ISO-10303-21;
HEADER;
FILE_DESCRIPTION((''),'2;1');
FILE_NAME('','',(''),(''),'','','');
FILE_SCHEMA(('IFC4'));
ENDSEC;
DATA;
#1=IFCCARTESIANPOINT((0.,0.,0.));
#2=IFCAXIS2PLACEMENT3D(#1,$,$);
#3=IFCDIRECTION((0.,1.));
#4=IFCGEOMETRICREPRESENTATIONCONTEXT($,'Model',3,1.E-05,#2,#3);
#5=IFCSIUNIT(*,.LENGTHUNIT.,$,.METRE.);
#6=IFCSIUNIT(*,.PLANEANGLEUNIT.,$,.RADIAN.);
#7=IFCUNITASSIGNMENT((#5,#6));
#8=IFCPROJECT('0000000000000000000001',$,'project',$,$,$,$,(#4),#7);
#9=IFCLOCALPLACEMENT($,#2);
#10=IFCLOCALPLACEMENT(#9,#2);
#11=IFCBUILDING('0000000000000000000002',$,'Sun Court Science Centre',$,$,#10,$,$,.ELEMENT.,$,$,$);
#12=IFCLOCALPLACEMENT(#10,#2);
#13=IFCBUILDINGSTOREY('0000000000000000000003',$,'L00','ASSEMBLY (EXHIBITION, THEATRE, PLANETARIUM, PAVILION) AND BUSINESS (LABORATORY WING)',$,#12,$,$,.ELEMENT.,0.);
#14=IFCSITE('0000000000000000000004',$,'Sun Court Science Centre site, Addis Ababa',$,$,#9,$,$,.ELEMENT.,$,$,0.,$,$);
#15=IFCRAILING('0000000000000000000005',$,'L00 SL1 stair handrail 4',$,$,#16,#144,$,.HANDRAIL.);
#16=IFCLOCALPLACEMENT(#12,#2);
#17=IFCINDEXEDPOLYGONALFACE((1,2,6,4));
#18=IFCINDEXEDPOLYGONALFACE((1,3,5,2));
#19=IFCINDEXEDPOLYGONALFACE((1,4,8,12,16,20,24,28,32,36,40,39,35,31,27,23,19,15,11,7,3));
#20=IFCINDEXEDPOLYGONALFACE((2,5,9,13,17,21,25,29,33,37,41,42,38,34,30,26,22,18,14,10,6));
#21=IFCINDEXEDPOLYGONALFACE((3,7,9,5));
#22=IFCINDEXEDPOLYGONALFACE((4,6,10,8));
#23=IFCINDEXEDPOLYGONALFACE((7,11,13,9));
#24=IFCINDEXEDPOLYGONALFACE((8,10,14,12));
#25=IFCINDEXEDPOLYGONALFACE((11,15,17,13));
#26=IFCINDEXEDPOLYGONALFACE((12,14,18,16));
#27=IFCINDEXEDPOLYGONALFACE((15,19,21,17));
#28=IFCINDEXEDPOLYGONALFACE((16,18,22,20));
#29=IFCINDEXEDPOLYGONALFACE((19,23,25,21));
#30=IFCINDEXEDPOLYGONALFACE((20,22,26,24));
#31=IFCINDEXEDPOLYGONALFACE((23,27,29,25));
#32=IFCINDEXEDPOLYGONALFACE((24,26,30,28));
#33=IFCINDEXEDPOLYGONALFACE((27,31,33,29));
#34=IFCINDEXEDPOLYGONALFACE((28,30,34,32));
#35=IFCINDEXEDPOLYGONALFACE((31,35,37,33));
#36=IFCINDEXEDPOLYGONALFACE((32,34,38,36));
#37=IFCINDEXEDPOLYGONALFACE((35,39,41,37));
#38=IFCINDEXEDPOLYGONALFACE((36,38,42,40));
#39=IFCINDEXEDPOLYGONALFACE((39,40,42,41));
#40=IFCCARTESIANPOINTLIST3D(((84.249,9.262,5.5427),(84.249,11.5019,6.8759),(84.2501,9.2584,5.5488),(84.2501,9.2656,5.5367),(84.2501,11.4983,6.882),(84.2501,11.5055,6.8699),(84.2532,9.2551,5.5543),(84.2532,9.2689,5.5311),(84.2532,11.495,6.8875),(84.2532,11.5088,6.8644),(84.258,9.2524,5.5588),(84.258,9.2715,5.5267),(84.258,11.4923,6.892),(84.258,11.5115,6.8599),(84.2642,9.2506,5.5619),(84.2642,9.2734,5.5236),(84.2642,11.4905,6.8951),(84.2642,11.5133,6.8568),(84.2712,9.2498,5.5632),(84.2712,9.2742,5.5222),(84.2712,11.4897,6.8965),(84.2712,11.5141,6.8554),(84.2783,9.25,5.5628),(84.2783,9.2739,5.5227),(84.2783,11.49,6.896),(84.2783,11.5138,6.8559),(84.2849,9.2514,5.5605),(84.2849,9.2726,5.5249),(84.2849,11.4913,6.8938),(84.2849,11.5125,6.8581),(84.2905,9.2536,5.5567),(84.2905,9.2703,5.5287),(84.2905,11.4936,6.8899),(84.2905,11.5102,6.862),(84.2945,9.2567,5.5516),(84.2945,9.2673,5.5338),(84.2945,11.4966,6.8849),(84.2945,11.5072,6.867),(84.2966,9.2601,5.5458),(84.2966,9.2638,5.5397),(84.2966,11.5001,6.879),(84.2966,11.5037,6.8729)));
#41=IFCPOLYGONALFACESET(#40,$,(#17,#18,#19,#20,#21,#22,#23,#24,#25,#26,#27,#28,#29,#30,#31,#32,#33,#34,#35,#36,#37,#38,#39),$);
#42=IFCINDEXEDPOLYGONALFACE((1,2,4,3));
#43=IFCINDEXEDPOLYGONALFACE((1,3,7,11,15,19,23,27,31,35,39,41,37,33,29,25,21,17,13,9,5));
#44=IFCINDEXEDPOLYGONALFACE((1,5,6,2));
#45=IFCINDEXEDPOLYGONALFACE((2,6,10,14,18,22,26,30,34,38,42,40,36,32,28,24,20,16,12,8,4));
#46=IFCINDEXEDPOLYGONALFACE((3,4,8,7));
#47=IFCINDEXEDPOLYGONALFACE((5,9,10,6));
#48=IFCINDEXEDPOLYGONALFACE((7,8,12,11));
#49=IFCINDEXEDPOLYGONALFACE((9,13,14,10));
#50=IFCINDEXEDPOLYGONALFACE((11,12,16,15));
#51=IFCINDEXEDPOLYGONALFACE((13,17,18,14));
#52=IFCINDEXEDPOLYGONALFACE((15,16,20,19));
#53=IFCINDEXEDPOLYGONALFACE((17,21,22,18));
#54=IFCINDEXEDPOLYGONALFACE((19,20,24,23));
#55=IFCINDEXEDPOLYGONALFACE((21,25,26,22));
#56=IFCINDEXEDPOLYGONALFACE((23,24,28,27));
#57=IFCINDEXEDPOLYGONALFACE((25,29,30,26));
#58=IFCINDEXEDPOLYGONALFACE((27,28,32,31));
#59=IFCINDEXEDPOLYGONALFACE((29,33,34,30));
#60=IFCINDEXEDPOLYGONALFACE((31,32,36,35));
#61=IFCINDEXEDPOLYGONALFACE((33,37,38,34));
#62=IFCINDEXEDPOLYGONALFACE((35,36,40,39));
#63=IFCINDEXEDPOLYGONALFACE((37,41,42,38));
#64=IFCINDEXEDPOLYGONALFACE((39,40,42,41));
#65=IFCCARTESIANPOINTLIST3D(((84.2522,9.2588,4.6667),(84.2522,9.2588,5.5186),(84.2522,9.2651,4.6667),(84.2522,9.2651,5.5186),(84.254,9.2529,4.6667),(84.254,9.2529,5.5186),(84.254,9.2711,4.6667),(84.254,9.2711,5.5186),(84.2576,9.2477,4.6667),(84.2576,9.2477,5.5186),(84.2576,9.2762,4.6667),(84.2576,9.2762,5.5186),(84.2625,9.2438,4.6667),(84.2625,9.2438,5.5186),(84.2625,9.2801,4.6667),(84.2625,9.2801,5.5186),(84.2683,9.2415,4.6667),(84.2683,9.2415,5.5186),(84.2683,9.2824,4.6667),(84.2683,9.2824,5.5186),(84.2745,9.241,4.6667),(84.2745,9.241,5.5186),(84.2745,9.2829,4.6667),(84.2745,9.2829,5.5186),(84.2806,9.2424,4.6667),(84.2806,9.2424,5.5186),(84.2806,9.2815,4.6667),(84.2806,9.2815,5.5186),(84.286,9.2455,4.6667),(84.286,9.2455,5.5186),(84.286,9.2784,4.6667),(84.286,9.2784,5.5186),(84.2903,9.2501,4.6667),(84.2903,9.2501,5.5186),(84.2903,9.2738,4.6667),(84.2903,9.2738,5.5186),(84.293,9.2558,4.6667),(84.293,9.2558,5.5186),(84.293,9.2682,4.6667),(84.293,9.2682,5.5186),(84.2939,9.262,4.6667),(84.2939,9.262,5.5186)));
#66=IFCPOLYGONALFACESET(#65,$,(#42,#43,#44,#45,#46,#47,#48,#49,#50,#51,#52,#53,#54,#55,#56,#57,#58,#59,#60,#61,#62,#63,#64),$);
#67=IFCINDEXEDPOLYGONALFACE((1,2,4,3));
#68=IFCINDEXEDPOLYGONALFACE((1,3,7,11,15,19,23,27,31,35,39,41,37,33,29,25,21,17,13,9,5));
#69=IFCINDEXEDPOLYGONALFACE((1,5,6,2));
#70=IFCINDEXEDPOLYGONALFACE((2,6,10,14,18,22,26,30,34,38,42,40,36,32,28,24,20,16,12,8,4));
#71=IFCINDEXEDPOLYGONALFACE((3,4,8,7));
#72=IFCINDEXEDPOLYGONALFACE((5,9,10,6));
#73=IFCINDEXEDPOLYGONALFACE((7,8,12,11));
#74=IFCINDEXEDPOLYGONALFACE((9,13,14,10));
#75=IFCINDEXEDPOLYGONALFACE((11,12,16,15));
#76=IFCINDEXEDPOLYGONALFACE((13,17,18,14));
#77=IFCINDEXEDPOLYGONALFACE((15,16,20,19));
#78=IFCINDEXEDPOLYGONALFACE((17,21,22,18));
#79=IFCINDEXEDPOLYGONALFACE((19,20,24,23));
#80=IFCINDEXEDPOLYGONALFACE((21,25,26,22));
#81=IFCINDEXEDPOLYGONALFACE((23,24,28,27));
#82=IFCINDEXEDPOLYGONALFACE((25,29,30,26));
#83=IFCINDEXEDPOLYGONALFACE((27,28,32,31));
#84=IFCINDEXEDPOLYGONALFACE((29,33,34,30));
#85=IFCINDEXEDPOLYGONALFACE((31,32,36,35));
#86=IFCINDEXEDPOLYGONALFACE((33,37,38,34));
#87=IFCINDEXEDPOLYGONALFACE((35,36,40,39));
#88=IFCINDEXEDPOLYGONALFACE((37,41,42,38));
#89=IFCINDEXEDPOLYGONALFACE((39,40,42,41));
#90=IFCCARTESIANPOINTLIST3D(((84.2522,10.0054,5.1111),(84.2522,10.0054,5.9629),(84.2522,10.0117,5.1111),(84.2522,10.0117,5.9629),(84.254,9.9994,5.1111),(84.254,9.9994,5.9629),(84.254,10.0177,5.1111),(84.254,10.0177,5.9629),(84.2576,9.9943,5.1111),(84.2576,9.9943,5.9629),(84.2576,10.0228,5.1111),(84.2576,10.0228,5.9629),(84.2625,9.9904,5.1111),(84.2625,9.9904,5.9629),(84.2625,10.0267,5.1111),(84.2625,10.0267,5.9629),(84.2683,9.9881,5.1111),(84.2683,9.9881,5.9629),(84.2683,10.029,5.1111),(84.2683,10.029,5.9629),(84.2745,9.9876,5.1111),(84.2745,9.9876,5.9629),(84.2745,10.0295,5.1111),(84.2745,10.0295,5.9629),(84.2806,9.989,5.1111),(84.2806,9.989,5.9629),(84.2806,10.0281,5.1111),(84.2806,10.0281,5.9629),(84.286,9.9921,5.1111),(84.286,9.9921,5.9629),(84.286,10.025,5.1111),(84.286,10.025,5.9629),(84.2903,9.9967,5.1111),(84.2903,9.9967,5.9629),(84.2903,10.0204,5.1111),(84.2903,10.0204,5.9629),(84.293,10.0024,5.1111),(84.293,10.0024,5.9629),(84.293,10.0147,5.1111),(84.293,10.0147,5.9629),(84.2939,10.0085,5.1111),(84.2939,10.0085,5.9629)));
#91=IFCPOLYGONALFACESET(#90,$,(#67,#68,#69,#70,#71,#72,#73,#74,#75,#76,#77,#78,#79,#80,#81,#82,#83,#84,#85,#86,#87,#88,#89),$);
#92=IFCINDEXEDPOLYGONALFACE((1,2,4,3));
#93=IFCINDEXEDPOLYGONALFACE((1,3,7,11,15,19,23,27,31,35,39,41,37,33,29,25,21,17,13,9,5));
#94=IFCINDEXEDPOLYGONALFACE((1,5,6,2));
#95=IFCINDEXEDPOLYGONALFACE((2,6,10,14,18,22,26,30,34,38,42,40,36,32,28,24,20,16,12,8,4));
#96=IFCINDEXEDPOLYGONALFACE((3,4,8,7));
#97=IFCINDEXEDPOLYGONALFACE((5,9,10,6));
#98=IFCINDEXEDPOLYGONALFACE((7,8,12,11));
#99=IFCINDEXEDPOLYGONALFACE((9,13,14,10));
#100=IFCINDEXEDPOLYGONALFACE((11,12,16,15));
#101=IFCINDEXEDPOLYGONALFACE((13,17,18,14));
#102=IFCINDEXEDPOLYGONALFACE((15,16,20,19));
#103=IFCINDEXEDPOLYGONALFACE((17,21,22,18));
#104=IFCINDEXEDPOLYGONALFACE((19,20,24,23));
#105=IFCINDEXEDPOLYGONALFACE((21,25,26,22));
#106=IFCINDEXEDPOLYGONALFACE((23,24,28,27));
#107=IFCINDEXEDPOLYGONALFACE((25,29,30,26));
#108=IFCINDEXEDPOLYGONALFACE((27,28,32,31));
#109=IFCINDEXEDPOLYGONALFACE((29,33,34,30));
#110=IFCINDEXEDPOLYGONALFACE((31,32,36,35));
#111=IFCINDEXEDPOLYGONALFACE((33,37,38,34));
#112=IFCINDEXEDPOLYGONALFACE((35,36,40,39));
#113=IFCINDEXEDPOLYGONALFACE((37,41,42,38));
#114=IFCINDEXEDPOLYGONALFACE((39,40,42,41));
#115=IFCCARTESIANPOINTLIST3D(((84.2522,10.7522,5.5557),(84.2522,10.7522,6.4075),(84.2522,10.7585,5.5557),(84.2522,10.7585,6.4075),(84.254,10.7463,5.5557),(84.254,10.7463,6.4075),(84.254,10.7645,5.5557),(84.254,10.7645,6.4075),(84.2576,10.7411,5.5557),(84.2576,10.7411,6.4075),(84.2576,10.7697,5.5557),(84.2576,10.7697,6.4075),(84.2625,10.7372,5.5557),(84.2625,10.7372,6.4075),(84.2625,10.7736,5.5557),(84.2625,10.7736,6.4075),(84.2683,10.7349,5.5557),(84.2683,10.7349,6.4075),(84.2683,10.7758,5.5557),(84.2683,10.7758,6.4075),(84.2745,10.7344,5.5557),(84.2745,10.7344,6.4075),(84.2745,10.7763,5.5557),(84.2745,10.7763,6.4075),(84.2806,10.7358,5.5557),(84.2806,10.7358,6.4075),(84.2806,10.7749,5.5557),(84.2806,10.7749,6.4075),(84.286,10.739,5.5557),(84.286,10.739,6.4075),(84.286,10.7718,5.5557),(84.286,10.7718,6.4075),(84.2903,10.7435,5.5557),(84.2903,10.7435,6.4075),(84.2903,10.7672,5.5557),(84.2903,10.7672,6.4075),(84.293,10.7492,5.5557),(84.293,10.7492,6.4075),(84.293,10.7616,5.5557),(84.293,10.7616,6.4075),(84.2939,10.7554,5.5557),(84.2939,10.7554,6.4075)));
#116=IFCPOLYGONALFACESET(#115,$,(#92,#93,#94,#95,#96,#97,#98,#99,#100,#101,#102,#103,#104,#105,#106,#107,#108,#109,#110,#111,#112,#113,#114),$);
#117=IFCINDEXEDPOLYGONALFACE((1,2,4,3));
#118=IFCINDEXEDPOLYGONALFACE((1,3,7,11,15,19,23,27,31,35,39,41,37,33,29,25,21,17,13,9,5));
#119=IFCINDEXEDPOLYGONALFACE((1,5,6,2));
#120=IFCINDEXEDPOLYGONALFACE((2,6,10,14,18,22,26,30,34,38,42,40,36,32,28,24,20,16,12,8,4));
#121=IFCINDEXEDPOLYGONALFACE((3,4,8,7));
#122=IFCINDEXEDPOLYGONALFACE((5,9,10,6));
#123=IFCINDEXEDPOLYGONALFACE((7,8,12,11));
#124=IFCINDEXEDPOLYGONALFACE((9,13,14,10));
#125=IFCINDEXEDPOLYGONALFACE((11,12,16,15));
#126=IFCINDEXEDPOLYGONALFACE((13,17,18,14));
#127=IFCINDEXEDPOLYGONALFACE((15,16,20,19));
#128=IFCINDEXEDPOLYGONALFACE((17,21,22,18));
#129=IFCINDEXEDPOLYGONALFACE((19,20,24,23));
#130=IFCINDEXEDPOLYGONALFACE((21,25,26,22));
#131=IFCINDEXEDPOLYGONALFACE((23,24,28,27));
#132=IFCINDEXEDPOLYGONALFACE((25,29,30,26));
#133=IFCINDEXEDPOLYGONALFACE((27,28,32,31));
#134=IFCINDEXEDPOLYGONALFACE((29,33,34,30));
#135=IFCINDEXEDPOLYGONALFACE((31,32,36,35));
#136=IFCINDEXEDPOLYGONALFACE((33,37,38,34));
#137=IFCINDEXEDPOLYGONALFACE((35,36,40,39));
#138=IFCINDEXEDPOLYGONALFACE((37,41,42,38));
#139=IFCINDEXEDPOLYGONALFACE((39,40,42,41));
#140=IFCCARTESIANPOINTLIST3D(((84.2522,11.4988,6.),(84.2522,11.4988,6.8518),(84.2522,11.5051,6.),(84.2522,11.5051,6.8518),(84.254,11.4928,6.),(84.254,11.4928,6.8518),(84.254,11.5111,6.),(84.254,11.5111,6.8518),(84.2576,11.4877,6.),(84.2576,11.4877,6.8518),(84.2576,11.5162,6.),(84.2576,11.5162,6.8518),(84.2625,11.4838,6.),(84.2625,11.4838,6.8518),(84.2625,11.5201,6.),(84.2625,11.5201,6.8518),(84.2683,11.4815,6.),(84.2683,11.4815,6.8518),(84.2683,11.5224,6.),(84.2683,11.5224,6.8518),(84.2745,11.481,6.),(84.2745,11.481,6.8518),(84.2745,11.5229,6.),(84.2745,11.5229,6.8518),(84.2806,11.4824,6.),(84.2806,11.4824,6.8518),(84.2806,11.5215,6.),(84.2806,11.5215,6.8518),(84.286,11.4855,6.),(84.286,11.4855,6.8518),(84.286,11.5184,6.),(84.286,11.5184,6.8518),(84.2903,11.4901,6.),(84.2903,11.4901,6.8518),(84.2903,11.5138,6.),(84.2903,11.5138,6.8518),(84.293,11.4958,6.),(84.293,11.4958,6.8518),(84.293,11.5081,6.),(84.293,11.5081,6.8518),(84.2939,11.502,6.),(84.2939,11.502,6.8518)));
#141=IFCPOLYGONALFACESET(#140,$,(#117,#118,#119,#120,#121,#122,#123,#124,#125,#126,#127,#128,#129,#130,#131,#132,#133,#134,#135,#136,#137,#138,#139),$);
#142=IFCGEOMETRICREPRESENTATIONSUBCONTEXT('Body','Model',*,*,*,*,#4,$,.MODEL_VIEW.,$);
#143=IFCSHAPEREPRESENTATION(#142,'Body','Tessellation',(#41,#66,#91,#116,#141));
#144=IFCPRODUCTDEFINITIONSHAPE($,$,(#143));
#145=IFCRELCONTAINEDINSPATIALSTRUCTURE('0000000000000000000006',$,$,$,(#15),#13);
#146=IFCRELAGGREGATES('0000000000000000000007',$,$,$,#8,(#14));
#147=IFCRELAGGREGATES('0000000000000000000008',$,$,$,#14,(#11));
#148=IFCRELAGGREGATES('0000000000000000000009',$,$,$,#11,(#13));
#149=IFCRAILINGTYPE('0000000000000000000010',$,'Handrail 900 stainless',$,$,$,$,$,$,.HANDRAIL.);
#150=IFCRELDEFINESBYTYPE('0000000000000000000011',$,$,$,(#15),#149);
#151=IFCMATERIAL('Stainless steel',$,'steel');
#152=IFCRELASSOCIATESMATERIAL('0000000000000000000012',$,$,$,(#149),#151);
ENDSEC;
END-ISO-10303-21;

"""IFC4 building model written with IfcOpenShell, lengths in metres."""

from ifc_helpers import new_model, si_unit, direction, frame, origin, origin_2d, place, context, subcontext, project, spatial, circle, extrude, material, type_object, element, save


model = new_model("IFC4")

# Units and contexts
model_context = context("Model", 3, precision=1e-05, world=origin(), true_north=direction((0.0, 1.0)))
body_context = subcontext(model_context, "Body", "Model", "MODEL_VIEW")
ifc_project = project(units=[si_unit("LENGTHUNIT", "METRE"), si_unit("PLANEANGLEUNIT", "RADIAN")], contexts=[model_context])

# Site, building, storey
site_placement = place(None, origin())
site = spatial("IfcSite", under=ifc_project, at=site_placement, Name="Sun Court Science Centre site, Addis Ababa", CompositionType="ELEMENT", RefElevation=0.0)
building_placement = place(site_placement, origin())
building = spatial("IfcBuilding", under=site, at=building_placement, Name="Sun Court Science Centre", CompositionType="ELEMENT")
storey_placement = place(building_placement, origin())
storey = spatial("IfcBuildingStorey", under=building, at=storey_placement, Name="L00", Description="ASSEMBLY (EXHIBITION, THEATRE, PLANETARIUM, PAVILION) AND BUSINESS (LABORATORY WING)", CompositionType="ELEMENT", Elevation=0.0)

# Railing
ifc_material_1 = material(Name="Stainless steel", Category="steel")
railing_type_1 = type_object("IfcRailingType", Name="Handrail 900 stainless", PredefinedType="HANDRAIL", material=ifc_material_1)
for number, where, name in (
    (1, (84.2729, 9.262, 4.6667), "L00 SL1 stair handrail 4"),
):
    element("IfcRailing", number, at=place(storey_placement, frame(where)), inside=storey, type_object=railing_type_1, Name=name, PredefinedType="HANDRAIL", context=body_context, shape_type="SweptSolid", body=[
        extrude(circle(Radius=0.0239, at=origin_2d()), frame((0.0, 0.0, 0.876), z_axis=(0.0, 0.859306, 0.511462), x_axis=(-1.0, 0.0, 0.0)), (0.0, 0.0, 1.0), 2.6067),
        extrude(circle(Radius=0.021, at=origin_2d()), origin(), (0.0, 0.0, 1.0), 0.8518),
        extrude(circle(Radius=0.021, at=origin_2d()), frame((0.0, 0.7466, 0.4443)), (0.0, 0.0, 1.0), 0.8518),
        extrude(circle(Radius=0.021, at=origin_2d()), frame((0.0, 1.4934, 0.8889)), (0.0, 0.0, 1.0), 0.8518),
        extrude(circle(Radius=0.021, at=origin_2d()), frame((0.0, 2.24, 1.3333)), (0.0, 0.0, 1.0), 0.8518),
    ])

save(model, "model.ifc")
